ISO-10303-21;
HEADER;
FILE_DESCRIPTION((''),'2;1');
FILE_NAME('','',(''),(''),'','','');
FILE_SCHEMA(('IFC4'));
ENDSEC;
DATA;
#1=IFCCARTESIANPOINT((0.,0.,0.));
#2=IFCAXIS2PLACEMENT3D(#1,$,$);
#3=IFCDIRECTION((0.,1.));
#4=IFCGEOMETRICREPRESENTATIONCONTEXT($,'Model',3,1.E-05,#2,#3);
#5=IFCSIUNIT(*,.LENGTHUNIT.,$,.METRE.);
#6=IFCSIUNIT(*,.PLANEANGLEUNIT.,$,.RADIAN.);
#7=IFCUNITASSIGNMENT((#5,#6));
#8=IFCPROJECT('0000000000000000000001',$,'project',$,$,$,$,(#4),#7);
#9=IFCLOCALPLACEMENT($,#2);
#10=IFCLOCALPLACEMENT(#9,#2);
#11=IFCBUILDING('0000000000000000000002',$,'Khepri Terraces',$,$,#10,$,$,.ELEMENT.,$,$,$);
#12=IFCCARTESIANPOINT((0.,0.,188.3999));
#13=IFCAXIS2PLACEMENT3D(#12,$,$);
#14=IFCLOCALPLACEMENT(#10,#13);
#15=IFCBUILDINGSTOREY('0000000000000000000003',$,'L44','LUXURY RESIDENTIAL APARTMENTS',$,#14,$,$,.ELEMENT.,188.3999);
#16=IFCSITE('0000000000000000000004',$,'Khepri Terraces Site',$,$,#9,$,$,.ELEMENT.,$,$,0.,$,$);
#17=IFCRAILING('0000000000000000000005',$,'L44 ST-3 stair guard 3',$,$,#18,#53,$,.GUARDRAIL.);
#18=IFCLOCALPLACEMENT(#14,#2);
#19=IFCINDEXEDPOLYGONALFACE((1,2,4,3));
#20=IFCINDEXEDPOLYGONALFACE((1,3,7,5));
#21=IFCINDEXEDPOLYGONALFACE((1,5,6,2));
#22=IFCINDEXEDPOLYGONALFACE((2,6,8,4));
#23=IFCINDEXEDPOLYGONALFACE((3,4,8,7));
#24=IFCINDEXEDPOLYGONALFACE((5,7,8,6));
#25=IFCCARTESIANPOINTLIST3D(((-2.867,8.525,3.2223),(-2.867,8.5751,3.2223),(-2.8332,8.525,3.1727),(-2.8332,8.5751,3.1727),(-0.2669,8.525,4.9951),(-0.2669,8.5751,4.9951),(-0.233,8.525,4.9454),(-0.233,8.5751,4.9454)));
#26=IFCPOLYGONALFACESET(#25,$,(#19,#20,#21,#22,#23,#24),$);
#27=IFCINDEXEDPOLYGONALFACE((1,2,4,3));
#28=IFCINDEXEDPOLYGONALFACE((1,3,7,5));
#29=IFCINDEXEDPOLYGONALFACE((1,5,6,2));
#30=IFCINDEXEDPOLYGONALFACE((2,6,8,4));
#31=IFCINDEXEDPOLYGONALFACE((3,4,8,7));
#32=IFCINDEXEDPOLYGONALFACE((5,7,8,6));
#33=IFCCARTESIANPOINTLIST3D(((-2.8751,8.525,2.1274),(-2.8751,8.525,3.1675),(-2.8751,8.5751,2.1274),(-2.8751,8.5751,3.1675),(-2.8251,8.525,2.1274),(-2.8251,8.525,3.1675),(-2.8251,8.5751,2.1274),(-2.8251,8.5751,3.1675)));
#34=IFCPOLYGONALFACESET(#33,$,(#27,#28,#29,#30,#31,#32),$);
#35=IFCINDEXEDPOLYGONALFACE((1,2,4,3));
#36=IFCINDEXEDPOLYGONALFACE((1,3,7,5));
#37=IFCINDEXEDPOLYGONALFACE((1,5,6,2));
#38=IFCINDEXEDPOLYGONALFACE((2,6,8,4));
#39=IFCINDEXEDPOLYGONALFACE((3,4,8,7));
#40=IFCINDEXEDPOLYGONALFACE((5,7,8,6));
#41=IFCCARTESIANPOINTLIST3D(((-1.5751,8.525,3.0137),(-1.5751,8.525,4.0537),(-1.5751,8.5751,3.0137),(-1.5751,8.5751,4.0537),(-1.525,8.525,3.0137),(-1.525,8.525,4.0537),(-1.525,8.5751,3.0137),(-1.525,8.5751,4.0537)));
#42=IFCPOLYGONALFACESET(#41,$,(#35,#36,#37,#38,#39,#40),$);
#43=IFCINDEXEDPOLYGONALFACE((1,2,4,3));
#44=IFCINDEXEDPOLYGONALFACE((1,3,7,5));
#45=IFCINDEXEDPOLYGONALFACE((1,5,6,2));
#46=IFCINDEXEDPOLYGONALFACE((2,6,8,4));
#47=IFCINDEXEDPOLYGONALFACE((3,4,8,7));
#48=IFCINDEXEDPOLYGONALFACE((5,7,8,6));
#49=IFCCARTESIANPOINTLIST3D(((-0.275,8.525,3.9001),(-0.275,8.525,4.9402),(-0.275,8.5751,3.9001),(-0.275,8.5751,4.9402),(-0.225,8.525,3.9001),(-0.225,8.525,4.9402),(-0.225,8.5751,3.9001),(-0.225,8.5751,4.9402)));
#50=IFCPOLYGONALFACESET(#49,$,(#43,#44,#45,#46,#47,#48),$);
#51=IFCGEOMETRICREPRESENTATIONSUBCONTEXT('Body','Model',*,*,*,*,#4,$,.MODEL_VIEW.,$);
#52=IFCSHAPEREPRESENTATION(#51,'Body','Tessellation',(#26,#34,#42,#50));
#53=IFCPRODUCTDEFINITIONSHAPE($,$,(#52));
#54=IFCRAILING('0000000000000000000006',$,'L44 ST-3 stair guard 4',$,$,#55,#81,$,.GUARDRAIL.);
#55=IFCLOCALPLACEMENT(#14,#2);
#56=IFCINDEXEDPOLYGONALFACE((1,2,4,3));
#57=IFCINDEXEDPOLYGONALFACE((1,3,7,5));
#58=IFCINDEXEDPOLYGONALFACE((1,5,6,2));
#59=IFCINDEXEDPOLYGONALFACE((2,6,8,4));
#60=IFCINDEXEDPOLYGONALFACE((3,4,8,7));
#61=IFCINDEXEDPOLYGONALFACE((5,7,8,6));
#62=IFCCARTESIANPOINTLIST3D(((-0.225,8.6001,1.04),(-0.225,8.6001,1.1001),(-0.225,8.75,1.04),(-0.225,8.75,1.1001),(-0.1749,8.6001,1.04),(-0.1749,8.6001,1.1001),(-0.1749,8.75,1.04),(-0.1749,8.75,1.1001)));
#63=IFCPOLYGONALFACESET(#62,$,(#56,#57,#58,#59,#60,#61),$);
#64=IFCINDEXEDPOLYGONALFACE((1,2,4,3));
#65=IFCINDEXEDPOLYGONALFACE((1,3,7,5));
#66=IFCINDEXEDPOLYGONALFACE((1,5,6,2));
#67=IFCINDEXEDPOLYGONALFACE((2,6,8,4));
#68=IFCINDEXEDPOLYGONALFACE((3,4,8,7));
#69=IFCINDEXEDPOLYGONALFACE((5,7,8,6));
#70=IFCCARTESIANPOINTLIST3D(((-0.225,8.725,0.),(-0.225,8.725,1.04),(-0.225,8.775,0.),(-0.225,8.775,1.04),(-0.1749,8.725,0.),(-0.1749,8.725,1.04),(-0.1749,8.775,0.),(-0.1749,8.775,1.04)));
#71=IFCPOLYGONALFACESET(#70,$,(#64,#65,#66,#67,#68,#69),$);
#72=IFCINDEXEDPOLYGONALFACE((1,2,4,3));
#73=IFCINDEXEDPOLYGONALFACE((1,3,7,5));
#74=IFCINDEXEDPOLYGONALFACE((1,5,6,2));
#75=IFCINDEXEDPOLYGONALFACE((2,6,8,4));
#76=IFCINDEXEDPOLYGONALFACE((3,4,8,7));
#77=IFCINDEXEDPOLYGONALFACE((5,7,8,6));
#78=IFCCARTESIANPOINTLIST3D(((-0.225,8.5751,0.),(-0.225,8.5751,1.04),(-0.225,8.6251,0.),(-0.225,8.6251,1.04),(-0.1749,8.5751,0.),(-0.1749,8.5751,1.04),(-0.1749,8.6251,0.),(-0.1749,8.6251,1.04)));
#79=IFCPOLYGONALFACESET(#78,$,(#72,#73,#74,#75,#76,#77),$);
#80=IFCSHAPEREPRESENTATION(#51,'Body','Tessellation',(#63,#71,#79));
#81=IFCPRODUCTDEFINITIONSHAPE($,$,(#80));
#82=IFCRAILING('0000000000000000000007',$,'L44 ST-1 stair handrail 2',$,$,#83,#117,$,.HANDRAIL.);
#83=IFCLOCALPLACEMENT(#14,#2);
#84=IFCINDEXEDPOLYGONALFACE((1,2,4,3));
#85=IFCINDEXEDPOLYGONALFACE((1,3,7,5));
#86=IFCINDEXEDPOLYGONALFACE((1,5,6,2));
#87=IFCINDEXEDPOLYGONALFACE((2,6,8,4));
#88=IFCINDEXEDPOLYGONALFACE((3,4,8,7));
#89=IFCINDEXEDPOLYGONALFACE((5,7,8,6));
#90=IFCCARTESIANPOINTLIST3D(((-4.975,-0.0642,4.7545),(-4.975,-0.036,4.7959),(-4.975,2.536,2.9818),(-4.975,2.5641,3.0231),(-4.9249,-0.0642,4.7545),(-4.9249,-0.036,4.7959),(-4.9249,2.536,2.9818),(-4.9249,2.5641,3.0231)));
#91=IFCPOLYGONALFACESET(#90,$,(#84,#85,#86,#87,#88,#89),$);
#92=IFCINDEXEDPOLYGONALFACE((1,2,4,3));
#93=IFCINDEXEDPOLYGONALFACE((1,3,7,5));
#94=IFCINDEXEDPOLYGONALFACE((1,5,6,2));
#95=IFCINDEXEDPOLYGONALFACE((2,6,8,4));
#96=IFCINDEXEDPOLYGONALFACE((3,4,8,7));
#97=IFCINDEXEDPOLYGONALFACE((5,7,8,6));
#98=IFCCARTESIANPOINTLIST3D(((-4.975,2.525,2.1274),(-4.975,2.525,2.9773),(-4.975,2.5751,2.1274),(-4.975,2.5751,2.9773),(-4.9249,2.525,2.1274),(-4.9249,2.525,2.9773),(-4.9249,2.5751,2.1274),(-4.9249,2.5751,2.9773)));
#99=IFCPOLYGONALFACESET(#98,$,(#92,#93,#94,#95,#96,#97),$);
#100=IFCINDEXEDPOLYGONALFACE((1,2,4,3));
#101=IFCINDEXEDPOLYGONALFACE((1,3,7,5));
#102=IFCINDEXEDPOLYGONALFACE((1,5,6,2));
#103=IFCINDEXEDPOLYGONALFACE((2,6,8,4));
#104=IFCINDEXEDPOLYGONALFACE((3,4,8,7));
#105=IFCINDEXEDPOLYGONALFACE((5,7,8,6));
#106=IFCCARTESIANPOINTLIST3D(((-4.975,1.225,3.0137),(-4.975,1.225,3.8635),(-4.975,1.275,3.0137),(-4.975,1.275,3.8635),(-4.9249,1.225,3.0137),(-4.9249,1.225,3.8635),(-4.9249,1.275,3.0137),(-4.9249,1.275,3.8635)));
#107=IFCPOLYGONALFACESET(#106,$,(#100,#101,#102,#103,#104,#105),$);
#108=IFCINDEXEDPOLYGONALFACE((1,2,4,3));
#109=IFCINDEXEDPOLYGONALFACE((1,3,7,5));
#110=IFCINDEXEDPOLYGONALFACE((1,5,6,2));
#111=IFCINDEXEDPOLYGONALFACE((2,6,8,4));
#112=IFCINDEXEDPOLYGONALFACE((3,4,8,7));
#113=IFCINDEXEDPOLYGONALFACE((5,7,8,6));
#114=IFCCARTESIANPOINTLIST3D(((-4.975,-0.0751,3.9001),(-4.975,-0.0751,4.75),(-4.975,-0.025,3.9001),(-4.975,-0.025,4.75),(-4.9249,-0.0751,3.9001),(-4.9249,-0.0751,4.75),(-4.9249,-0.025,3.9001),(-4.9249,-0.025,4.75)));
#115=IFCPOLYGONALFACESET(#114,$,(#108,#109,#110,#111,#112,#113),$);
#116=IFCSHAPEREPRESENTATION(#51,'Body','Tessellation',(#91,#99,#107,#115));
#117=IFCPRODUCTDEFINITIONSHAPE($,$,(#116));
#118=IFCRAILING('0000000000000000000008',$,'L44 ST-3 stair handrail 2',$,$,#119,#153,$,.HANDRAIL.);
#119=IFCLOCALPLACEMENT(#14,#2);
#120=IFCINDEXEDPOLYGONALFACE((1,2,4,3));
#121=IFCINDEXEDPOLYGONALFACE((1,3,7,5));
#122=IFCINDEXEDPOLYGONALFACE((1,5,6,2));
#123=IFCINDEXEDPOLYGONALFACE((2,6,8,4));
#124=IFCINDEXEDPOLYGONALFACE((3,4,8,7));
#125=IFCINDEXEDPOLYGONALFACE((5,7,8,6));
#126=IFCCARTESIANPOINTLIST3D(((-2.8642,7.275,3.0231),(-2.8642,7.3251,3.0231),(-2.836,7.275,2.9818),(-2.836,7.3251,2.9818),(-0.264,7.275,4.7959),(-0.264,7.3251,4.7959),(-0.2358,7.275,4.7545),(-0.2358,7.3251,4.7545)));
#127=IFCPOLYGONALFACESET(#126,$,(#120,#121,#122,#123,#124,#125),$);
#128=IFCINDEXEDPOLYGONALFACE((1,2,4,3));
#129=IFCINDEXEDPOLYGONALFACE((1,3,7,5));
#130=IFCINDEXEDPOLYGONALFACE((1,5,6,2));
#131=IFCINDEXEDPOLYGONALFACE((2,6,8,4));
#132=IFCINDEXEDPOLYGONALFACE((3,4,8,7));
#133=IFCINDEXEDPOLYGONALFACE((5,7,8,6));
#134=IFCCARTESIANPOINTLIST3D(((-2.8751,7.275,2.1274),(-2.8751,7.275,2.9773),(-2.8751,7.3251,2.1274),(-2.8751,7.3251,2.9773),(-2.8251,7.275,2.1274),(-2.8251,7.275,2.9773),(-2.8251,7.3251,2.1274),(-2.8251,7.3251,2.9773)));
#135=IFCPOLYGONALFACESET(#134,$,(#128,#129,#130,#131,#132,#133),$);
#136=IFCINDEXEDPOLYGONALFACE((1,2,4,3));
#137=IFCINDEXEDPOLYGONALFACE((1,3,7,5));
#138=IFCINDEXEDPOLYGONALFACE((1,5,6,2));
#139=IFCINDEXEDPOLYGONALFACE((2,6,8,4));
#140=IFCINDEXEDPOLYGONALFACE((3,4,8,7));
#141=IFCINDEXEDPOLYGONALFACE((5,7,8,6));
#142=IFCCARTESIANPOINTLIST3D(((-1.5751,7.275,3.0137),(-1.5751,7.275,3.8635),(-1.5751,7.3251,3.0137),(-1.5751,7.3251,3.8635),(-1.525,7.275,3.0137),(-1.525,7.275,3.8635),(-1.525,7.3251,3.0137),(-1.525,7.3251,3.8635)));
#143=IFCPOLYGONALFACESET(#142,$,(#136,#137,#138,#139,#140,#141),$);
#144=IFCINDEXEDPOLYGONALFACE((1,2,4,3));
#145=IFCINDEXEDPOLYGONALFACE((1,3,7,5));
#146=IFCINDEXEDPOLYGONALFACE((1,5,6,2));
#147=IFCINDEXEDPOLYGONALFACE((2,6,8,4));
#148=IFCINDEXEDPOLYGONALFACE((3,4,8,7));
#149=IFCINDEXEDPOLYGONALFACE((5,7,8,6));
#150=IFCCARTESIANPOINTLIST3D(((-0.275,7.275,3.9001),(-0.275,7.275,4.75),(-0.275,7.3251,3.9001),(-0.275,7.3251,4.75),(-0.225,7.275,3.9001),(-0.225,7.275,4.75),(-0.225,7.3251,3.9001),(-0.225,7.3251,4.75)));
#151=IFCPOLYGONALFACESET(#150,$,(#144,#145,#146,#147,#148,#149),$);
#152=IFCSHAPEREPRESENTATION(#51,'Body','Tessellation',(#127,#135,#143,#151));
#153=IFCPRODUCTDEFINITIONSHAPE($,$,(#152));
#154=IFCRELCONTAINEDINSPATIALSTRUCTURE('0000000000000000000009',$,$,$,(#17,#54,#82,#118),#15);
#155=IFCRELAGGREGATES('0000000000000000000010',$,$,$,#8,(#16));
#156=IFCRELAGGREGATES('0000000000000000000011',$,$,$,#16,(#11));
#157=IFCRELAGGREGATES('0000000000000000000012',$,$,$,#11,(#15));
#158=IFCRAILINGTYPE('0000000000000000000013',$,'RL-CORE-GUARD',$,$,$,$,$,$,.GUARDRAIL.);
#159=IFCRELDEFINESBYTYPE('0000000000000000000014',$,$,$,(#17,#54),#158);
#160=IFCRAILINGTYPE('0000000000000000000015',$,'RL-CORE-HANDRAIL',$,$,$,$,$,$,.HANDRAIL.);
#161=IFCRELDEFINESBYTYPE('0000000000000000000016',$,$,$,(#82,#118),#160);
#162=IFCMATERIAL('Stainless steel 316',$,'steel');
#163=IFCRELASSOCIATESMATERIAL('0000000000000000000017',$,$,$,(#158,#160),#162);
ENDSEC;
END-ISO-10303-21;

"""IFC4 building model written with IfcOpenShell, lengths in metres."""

from ifc_helpers import new_model, si_unit, direction, frame, origin, origin_2d, place, context, subcontext, project, spatial, rectangle, extrude, material, type_object, element, save


model = new_model("IFC4")

# Units and contexts
model_context = context("Model", 3, precision=1e-05, world=origin(), true_north=direction((0.0, 1.0)))
body_context = subcontext(model_context, "Body", "Model", "MODEL_VIEW")
ifc_project = project(units=[si_unit("LENGTHUNIT", "METRE"), si_unit("PLANEANGLEUNIT", "RADIAN")], contexts=[model_context])

# Site, building, storey
site_placement = place(None, origin())
site = spatial("IfcSite", under=ifc_project, at=site_placement, Name="Khepri Terraces Site", CompositionType="ELEMENT", RefElevation=0.0)
building_placement = place(site_placement, origin())
building = spatial("IfcBuilding", under=site, at=building_placement, Name="Khepri Terraces", CompositionType="ELEMENT")
storey_placement = place(building_placement, frame((0.0, 0.0, 188.3999)))
storey = spatial("IfcBuildingStorey", under=building, at=storey_placement, Name="L44", Description="LUXURY RESIDENTIAL APARTMENTS", CompositionType="ELEMENT", Elevation=188.3999)

# Railings
ifc_material_1 = material(Name="Stainless steel 316", Category="steel")
railing_type_1 = type_object("IfcRailingType", Name="RL-CORE-GUARD", PredefinedType="GUARDRAIL", material=ifc_material_1)
railing_1_placement = place(storey_placement, frame((-2.8501, 8.55, 2.1274)))
element("IfcRailing", 1, at=railing_1_placement, inside=storey, type_object=railing_type_1, Name="L44 ST-3 stair guard 3", PredefinedType="GUARDRAIL", context=body_context, shape_type="SweptSolid", body=[
    extrude(rectangle(XDim=0.05, YDim=0.0601, at=origin_2d()), frame((0.0, 0.0, 1.0701), z_axis=(0.82624, 0.0, 0.563318), x_axis=(0.0, 1.0, 0.0)), (0.0, 0.0, 1.0), 3.147),
    extrude(rectangle(XDim=0.05, YDim=0.05, at=origin_2d()), origin(), (0.0, 0.0, 1.0), 1.04),
    extrude(rectangle(XDim=0.05, YDim=0.05, at=origin_2d()), frame((1.3, 0.0, 0.8862)), (0.0, 0.0, 1.0), 1.04),
    extrude(rectangle(XDim=0.05, YDim=0.05, at=origin_2d()), frame((2.6001, 0.0, 1.7727)), (0.0, 0.0, 1.0), 1.04),
])
railing_2_placement = place(storey_placement, frame((-0.2, 8.75, 0.0)))
element("IfcRailing", 2, at=railing_2_placement, inside=storey, type_object=railing_type_1, Name="L44 ST-3 stair guard 4", PredefinedType="GUARDRAIL", context=body_context, shape_type="SweptSolid", body=[
    extrude(rectangle(XDim=0.05, YDim=0.0601, at=origin_2d()), frame((0.0, 0.0, 1.0701), z_axis=(0.0, -1.0, 0.0), x_axis=(1.0, 0.0, 0.0)), (0.0, 0.0, 1.0), 0.1499),
    extrude(rectangle(XDim=0.05, YDim=0.05, at=origin_2d()), origin(), (0.0, 0.0, 1.0), 1.04),
    extrude(rectangle(XDim=0.05, YDim=0.05, at=origin_2d()), frame((0.0, -0.1499, 0.0)), (0.0, 0.0, 1.0), 1.04),
])
railing_type_2 = type_object("IfcRailingType", Name="RL-CORE-HANDRAIL", PredefinedType="HANDRAIL", material=ifc_material_1)
railing_3_placement = place(storey_placement, frame((-4.95, 2.55, 2.1274)))
element("IfcRailing", 3, at=railing_3_placement, inside=storey, type_object=railing_type_2, Name="L44 ST-1 stair handrail 2", PredefinedType="HANDRAIL", context=body_context, shape_type="SweptSolid", body=[
    extrude(rectangle(XDim=0.05, YDim=0.05, at=origin_2d()), frame((0.0, 0.0, 0.875), z_axis=(0.0, -0.82624, 0.563318), x_axis=(1.0, 0.0, 0.0)), (0.0, 0.0, 1.0), 3.147),
    extrude(rectangle(XDim=0.05, YDim=0.05, at=origin_2d()), origin(), (0.0, 0.0, 1.0), 0.8499),
    extrude(rectangle(XDim=0.05, YDim=0.05, at=origin_2d()), frame((0.0, -1.3, 0.8862)), (0.0, 0.0, 1.0), 0.8499),
    extrude(rectangle(XDim=0.05, YDim=0.05, at=origin_2d()), frame((0.0, -2.6001, 1.7727)), (0.0, 0.0, 1.0), 0.8499),
])
railing_4_placement = place(storey_placement, frame((-2.8501, 7.3, 2.1274)))
element("IfcRailing", 4, at=railing_4_placement, inside=storey, type_object=railing_type_2, Name="L44 ST-3 stair handrail 2", PredefinedType="HANDRAIL", context=body_context, shape_type="SweptSolid", body=[
    extrude(rectangle(XDim=0.05, YDim=0.05, at=origin_2d()), frame((0.0, 0.0, 0.875), z_axis=(0.82624, 0.0, 0.563318), x_axis=(0.0, 1.0, 0.0)), (0.0, 0.0, 1.0), 3.147),
    extrude(rectangle(XDim=0.05, YDim=0.05, at=origin_2d()), origin(), (0.0, 0.0, 1.0), 0.8499),
    extrude(rectangle(XDim=0.05, YDim=0.05, at=origin_2d()), frame((1.3, 0.0, 0.8862)), (0.0, 0.0, 1.0), 0.8499),
    extrude(rectangle(XDim=0.05, YDim=0.05, at=origin_2d()), frame((2.6001, 0.0, 1.7727)), (0.0, 0.0, 1.0), 0.8499),
])

save(model, "model.ifc")
